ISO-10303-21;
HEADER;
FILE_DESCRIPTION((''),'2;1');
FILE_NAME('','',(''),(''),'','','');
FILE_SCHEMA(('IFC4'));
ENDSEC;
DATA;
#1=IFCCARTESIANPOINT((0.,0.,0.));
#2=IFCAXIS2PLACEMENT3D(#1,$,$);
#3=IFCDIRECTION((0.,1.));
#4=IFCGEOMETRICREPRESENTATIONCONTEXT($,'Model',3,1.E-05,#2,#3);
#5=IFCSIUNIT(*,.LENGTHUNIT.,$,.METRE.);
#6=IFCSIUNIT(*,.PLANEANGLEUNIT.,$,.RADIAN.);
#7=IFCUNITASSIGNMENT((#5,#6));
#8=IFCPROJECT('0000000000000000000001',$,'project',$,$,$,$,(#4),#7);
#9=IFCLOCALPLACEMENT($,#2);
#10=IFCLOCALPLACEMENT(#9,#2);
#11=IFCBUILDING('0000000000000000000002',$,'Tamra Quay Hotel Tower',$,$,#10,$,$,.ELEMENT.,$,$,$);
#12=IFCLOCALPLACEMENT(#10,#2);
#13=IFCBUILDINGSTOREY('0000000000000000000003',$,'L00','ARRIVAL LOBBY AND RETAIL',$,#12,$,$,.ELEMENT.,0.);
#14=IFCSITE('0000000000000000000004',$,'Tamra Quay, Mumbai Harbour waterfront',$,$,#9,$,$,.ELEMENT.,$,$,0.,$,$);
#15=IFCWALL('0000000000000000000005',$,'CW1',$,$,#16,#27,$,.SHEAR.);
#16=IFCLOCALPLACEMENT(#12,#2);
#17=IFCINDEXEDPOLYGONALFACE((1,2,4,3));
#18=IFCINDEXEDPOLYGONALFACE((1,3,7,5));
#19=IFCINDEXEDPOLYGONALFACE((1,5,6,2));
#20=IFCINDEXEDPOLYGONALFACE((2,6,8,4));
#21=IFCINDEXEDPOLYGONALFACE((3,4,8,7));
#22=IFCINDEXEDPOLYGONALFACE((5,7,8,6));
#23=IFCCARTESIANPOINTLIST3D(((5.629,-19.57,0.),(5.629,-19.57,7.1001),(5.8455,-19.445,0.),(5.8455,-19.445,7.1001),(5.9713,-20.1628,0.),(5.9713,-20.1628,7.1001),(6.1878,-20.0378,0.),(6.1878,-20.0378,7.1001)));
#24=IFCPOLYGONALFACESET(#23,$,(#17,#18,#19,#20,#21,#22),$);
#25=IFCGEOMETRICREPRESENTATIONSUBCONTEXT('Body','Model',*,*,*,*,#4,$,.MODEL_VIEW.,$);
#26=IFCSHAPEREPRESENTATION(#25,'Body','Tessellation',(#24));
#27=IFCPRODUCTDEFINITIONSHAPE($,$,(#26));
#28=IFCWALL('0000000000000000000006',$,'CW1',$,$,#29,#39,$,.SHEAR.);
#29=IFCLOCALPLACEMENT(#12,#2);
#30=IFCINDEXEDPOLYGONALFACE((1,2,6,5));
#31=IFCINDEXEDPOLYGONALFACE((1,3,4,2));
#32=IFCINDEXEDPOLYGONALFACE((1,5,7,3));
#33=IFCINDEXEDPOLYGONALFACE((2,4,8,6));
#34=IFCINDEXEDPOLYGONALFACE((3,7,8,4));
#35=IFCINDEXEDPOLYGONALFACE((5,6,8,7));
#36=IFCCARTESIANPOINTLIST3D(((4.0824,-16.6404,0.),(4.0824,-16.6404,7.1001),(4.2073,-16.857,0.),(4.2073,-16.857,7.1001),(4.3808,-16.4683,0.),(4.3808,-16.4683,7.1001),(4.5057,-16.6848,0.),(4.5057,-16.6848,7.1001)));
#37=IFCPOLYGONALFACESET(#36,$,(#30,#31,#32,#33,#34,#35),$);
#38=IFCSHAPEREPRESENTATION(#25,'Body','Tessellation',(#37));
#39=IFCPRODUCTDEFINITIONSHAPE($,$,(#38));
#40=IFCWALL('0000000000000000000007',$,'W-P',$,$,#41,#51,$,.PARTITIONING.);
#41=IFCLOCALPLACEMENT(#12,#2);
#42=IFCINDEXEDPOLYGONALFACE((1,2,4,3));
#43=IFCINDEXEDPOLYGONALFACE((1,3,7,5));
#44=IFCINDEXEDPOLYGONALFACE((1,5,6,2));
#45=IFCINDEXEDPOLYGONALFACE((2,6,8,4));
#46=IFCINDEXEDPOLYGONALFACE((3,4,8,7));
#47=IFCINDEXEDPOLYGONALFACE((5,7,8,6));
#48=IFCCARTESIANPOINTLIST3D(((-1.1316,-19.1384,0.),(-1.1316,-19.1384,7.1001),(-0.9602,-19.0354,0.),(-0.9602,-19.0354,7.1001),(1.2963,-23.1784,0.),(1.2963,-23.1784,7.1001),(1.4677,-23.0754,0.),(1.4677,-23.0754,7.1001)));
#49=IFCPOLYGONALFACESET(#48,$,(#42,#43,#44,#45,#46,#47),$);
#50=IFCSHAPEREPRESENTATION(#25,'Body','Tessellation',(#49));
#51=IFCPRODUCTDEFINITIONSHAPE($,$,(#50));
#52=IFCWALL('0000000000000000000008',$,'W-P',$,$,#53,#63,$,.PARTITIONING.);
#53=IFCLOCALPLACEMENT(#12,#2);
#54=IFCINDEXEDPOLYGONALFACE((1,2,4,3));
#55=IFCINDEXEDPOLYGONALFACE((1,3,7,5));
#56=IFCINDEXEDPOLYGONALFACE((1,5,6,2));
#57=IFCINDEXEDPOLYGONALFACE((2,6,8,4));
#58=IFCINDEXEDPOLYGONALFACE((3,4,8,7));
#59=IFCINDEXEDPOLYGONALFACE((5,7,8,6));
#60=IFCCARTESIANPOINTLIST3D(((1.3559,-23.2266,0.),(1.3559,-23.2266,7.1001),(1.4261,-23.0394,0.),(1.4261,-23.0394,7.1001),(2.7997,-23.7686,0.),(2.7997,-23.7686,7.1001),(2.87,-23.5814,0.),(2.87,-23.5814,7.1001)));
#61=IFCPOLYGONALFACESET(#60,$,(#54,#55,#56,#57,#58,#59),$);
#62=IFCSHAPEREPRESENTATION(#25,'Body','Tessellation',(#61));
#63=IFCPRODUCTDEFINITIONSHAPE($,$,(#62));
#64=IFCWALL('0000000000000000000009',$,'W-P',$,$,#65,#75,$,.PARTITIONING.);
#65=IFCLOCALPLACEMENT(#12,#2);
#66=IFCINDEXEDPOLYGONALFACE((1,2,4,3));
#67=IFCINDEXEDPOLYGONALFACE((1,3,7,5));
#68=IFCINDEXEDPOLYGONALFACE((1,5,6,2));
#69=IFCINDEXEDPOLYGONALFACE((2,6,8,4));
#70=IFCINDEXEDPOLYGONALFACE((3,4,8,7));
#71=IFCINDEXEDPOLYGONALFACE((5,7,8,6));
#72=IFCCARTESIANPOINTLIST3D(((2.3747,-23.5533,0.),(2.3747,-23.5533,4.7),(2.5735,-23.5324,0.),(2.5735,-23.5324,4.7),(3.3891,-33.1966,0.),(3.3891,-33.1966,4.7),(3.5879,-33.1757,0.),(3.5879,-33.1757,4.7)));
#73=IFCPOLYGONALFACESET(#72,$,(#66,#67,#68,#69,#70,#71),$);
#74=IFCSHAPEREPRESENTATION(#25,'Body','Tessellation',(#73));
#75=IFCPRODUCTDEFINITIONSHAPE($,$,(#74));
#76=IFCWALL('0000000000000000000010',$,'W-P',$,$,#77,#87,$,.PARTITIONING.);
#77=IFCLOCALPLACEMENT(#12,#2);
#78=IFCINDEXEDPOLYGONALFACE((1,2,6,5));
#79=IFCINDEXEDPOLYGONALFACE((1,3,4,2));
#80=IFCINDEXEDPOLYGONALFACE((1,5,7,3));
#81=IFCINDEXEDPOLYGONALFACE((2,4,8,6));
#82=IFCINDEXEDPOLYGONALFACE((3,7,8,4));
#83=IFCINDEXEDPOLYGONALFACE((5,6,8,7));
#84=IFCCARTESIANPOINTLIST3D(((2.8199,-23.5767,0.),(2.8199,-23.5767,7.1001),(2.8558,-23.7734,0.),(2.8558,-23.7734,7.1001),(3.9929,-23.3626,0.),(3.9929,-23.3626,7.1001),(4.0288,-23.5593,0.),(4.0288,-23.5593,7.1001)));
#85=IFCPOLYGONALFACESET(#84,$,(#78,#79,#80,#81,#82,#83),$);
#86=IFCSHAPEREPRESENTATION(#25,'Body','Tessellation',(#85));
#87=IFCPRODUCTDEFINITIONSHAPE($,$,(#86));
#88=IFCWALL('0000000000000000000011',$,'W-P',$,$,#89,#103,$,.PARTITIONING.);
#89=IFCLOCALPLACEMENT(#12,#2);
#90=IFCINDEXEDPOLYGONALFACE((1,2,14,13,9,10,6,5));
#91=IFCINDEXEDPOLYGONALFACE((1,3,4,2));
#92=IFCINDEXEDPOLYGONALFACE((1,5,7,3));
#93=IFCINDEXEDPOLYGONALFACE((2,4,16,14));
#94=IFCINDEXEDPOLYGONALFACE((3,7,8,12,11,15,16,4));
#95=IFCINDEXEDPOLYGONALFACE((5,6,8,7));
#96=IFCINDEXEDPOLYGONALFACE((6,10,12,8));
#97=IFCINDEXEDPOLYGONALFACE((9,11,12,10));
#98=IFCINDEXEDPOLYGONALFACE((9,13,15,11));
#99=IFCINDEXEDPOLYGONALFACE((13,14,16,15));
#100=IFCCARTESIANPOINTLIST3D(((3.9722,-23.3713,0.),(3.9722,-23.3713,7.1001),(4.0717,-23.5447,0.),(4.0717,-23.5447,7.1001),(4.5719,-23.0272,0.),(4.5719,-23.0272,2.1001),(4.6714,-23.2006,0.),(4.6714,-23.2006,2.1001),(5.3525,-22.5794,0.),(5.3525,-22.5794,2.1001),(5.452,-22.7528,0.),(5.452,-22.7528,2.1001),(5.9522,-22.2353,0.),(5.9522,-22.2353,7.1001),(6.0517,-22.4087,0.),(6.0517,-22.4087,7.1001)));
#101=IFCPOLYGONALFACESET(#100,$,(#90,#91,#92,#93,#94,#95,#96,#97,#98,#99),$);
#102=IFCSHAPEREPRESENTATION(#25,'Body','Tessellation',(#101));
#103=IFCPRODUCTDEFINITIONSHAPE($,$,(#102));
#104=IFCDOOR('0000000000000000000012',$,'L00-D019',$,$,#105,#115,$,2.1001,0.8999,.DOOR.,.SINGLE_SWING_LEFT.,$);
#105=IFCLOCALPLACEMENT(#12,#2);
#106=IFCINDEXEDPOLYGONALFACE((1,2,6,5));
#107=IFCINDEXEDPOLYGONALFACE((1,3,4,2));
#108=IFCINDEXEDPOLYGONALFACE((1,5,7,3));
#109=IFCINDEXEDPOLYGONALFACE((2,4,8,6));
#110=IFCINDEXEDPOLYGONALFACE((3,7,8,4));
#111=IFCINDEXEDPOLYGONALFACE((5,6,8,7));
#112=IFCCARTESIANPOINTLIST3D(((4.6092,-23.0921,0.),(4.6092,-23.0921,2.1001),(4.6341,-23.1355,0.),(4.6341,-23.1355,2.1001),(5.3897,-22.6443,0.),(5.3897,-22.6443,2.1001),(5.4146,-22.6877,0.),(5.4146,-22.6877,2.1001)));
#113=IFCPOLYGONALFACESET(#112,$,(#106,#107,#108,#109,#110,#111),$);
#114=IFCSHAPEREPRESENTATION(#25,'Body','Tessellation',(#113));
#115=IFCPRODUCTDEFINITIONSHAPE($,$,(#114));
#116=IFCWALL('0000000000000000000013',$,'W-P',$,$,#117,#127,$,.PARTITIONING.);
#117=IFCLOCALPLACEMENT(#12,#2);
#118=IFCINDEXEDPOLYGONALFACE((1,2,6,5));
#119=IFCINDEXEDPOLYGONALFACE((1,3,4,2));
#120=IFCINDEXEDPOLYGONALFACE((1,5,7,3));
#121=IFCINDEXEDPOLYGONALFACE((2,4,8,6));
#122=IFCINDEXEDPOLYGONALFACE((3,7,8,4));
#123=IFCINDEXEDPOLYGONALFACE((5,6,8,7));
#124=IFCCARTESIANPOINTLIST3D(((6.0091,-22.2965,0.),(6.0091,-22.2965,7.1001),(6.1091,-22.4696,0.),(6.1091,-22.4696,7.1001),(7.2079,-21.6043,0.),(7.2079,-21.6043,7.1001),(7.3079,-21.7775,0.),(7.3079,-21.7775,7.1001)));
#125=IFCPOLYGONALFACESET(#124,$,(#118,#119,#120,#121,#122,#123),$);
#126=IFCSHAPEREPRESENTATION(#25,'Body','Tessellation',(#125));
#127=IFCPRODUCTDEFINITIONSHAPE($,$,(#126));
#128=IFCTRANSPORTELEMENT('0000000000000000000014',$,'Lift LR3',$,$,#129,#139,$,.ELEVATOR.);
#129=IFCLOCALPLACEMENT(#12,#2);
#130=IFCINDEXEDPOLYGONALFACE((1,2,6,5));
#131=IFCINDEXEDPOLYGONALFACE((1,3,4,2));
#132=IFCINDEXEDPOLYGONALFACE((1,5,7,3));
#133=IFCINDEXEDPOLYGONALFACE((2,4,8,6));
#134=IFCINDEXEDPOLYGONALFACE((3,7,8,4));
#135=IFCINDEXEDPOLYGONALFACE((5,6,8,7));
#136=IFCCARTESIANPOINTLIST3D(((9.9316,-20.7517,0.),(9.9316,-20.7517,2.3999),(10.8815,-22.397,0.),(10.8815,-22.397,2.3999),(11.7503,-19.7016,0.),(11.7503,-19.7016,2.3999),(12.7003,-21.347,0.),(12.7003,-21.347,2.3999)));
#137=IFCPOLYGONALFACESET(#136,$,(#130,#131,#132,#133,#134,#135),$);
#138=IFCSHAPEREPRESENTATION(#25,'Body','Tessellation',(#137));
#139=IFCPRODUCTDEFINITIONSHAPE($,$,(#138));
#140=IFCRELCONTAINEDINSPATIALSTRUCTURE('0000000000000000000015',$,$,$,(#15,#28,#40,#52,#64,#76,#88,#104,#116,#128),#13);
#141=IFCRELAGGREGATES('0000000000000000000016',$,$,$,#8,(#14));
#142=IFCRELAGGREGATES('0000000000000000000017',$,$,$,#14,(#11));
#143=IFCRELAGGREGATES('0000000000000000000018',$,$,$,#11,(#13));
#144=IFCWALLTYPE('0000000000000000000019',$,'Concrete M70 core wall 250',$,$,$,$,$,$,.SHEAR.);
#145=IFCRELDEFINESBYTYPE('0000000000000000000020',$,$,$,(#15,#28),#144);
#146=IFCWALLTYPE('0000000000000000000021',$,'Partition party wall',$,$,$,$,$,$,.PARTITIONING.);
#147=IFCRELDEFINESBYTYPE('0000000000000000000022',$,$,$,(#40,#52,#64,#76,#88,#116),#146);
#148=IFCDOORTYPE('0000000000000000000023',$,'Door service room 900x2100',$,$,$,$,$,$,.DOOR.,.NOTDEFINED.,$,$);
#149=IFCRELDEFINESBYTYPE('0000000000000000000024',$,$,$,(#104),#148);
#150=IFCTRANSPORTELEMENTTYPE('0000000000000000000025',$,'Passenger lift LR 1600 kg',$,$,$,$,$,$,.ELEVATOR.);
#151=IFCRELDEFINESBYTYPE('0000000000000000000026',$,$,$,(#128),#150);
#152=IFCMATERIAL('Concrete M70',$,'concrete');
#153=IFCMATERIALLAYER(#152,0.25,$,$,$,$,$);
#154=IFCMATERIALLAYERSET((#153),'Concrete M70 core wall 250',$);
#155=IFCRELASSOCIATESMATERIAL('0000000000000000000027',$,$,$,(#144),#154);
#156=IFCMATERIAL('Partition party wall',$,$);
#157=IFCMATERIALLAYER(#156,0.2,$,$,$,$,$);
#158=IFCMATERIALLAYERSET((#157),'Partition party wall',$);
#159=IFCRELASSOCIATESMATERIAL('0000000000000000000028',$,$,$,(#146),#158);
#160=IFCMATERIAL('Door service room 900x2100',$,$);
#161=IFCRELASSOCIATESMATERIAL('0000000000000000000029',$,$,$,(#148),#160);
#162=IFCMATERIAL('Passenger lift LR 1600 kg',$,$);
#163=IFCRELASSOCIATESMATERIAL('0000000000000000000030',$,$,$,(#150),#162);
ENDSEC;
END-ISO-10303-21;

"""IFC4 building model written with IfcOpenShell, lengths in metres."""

from ifc_helpers import new_model, si_unit, direction, frame, frame_2d, origin, origin_2d, place, context, subcontext, project, spatial, rectangle, extrude, material, layer, layer_set, type_object, element, fill, save


model = new_model("IFC4")

# Units and contexts
model_context = context("Model", 3, precision=1e-05, world=origin(), true_north=direction((0.0, 1.0)))
body_context = subcontext(model_context, "Body", "Model", "MODEL_VIEW")
ifc_project = project(units=[si_unit("LENGTHUNIT", "METRE"), si_unit("PLANEANGLEUNIT", "RADIAN")], contexts=[model_context])

# Site, building, storey
site_placement = place(None, origin())
site = spatial("IfcSite", under=ifc_project, at=site_placement, Name="Tamra Quay, Mumbai Harbour waterfront", CompositionType="ELEMENT", RefElevation=0.0)
building_placement = place(site_placement, origin())
building = spatial("IfcBuilding", under=site, at=building_placement, Name="Tamra Quay Hotel Tower", CompositionType="ELEMENT")
storey_placement = place(building_placement, origin())
storey = spatial("IfcBuildingStorey", under=building, at=storey_placement, Name="L00", Description="ARRIVAL LOBBY AND RETAIL", CompositionType="ELEMENT", Elevation=0.0)

# Shared definitions
ifc_material_1 = material(Name="Concrete M70", Category="concrete")

# Shared definitions
ifc_layer_1 = layer(ifc_material_1, 0.25)
ifc_layer_set_1 = layer_set([ifc_layer_1], Name="Concrete M70 core wall 250")
wall_type_1 = type_object("IfcWallType", Name="Concrete M70 core wall 250", PredefinedType="SHEAR", material=ifc_layer_set_1)

# Walls
wall_1_placement = place(storey_placement, frame((6.0796, -20.1003, 0.0), z_axis=(0.0, 0.0, 1.0), x_axis=(-0.500052, 0.865996, 0.0)))
element("IfcWall", 1, at=wall_1_placement, inside=storey, type_object=wall_type_1, Name="CW1", PredefinedType="SHEAR", context=body_context, shape_type="SweptSolid", body=[
    extrude(rectangle(XDim=0.6846, YDim=0.25, at=frame_2d((0.3423, 0.0))), origin(), (0.0, 0.0, 1.0), 7.1001),
])
wall_2_placement = place(storey_placement, frame((4.1448, -16.7488, 0.0), z_axis=(0.0, 0.0, 1.0), x_axis=(0.866186, 0.499722, 0.0)))
element("IfcWall", 2, at=wall_2_placement, inside=storey, type_object=wall_type_1, Name="CW1", PredefinedType="SHEAR", context=body_context, shape_type="SweptSolid", body=[
    extrude(rectangle(XDim=0.3445, YDim=0.25, at=frame_2d((0.1724, 0.0))), origin(), (0.0, 0.0, 1.0), 7.1001),
])
ifc_material_2 = material(Name="Partition party wall")
ifc_layer_2 = layer(ifc_material_2, 0.2)
ifc_layer_set_2 = layer_set([ifc_layer_2], Name="Partition party wall")
wall_type_2 = type_object("IfcWallType", Name="Partition party wall", PredefinedType="PARTITIONING", material=ifc_layer_set_2)
wall_3_placement = place(storey_placement, frame((-1.0459, -19.0869, 0.0), z_axis=(0.0, 0.0, 1.0), x_axis=(0.515113, -0.857123, 0.0)))
element("IfcWall", 3, at=wall_3_placement, inside=storey, type_object=wall_type_2, Name="W-P", PredefinedType="PARTITIONING", context=body_context, shape_type="SweptSolid", body=[
    extrude(rectangle(XDim=4.7134, YDim=0.2, at=frame_2d((2.3567, 0.0))), origin(), (0.0, 0.0, 1.0), 7.1001),
])
wall_4_placement = place(storey_placement, frame((1.3911, -23.1331, 0.0), z_axis=(0.0, 0.0, 1.0), x_axis=(0.936212, -0.351436, 0.0)))
element("IfcWall", 4, at=wall_4_placement, inside=storey, type_object=wall_type_2, Name="W-P", PredefinedType="PARTITIONING", context=body_context, shape_type="SweptSolid", body=[
    extrude(rectangle(XDim=1.5422, YDim=0.2, at=frame_2d((0.771, 0.0))), origin(), (0.0, 0.0, 1.0), 7.1001),
])
wall_5_placement = place(storey_placement, frame((2.4741, -23.543, 0.0), z_axis=(0.0, 0.0, 1.0), x_axis=(0.104615, -0.994513, 0.0)))
element("IfcWall", 5, at=wall_5_placement, inside=storey, type_object=wall_type_2, Name="W-P", PredefinedType="PARTITIONING", context=body_context, shape_type="SweptSolid", body=[
    extrude(rectangle(XDim=9.6965, YDim=0.2, at=frame_2d((4.8481, 0.0))), origin(), (0.0, 0.0, 1.0), 4.7),
])
wall_6_placement = place(storey_placement, frame((2.8379, -23.675, 0.0), z_axis=(0.0, 0.0, 1.0), x_axis=(0.983748, 0.179552, 0.0)))
element("IfcWall", 6, at=wall_6_placement, inside=storey, type_object=wall_type_2, Name="W-P", PredefinedType="PARTITIONING", context=body_context, shape_type="SweptSolid", body=[
    extrude(rectangle(XDim=1.1924, YDim=0.2, at=frame_2d((0.5962, 0.0))), origin(), (0.0, 0.0, 1.0), 7.1001),
])

# Wall, opening, door
wall_7_placement = place(storey_placement, frame((4.022, -23.458, 0.0), z_axis=(0.0, 0.0, 1.0), x_axis=(0.86738, 0.497647, 0.0)))
wall_7 = element("IfcWall", 7, at=wall_7_placement, inside=storey, type_object=wall_type_2, Name="W-P", PredefinedType="PARTITIONING", context=body_context, shape_type="SweptSolid", body=[
    extrude(rectangle(XDim=2.2827, YDim=0.2, at=frame_2d((1.1414, 0.0))), origin(), (0.0, 0.0, 1.0), 7.1001),
])
opening_1_placement = place(wall_7_placement, frame((0.6914, 0.0, 0.0)))
opening_1 = element("IfcOpeningElement", 8, at=opening_1_placement, cuts=wall_7, PredefinedType="OPENING", context=body_context, shape_type="SweptSolid", body=[
    extrude(rectangle(XDim=0.8999, YDim=2.1001, at=frame_2d((0.45, 1.05))), frame((0.0, 0.1099, 0.0), z_axis=(0.0, -1.0, 0.0), x_axis=(1.0, 0.0, 0.0)), (0.0, 0.0, 1.0), 0.22),
])
ifc_material_3 = material(Name="Door service room 900x2100")
door_type_1 = type_object("IfcDoorType", Name="Door service room 900x2100", OperationType="NOTDEFINED", PredefinedType="DOOR", material=ifc_material_3)
door_1_placement = place(opening_1_placement, frame((0.8999, 0.0, 0.0), z_axis=(0.0, 0.0, 1.0), x_axis=(-1.0, 0.0, 0.0)))
door_1 = element("IfcDoor", 9, at=door_1_placement, inside=storey, type_object=door_type_1, Name="L00-D019", OperationType="SINGLE_SWING_LEFT", OverallHeight=2.1001, OverallWidth=0.8999, PredefinedType="DOOR", context=body_context, shape_type="SweptSolid", body=[
    extrude(rectangle(XDim=0.8999, YDim=2.1001, at=frame_2d((0.45, 1.05))), frame((0.0, 0.0249, 0.0), z_axis=(0.0, -1.0, 0.0), x_axis=(1.0, 0.0, 0.0)), (0.0, 0.0, 1.0), 0.05),
])
fill(opening_1, door_1)

# Wall
wall_8_placement = place(storey_placement, frame((6.0591, -22.3831, 0.0), z_axis=(0.0, 0.0, 1.0), x_axis=(0.866009, 0.500028, 0.0)))
element("IfcWall", 10, at=wall_8_placement, inside=storey, type_object=wall_type_2, Name="W-P", PredefinedType="PARTITIONING", context=body_context, shape_type="SweptSolid", body=[
    extrude(rectangle(XDim=1.3843, YDim=0.2, at=frame_2d((0.6921, 0.0))), origin(), (0.0, 0.0, 1.0), 7.1001),
])

# Transport element
ifc_material_4 = material(Name="Passenger lift LR 1600 kg")
transport_element_type = type_object("IfcTransportElementType", Name="Passenger lift LR 1600 kg", PredefinedType="ELEVATOR", material=ifc_material_4)
transport_element_placement = place(storey_placement, frame((11.3159, -21.0493, 0.0), z_axis=(0.0, 0.0, 1.0), x_axis=(-0.866025, -0.5, 0.0)))
element("IfcTransportElement", 11, at=transport_element_placement, inside=storey, type_object=transport_element_type, Name="Lift LR3", PredefinedType="ELEVATOR", context=body_context, shape_type="SweptSolid", body=[
    extrude(rectangle(XDim=2.1001, YDim=1.8999, at=origin_2d()), origin(), (0.0, 0.0, 1.0), 2.3999),
])

save(model, "model.ifc")
